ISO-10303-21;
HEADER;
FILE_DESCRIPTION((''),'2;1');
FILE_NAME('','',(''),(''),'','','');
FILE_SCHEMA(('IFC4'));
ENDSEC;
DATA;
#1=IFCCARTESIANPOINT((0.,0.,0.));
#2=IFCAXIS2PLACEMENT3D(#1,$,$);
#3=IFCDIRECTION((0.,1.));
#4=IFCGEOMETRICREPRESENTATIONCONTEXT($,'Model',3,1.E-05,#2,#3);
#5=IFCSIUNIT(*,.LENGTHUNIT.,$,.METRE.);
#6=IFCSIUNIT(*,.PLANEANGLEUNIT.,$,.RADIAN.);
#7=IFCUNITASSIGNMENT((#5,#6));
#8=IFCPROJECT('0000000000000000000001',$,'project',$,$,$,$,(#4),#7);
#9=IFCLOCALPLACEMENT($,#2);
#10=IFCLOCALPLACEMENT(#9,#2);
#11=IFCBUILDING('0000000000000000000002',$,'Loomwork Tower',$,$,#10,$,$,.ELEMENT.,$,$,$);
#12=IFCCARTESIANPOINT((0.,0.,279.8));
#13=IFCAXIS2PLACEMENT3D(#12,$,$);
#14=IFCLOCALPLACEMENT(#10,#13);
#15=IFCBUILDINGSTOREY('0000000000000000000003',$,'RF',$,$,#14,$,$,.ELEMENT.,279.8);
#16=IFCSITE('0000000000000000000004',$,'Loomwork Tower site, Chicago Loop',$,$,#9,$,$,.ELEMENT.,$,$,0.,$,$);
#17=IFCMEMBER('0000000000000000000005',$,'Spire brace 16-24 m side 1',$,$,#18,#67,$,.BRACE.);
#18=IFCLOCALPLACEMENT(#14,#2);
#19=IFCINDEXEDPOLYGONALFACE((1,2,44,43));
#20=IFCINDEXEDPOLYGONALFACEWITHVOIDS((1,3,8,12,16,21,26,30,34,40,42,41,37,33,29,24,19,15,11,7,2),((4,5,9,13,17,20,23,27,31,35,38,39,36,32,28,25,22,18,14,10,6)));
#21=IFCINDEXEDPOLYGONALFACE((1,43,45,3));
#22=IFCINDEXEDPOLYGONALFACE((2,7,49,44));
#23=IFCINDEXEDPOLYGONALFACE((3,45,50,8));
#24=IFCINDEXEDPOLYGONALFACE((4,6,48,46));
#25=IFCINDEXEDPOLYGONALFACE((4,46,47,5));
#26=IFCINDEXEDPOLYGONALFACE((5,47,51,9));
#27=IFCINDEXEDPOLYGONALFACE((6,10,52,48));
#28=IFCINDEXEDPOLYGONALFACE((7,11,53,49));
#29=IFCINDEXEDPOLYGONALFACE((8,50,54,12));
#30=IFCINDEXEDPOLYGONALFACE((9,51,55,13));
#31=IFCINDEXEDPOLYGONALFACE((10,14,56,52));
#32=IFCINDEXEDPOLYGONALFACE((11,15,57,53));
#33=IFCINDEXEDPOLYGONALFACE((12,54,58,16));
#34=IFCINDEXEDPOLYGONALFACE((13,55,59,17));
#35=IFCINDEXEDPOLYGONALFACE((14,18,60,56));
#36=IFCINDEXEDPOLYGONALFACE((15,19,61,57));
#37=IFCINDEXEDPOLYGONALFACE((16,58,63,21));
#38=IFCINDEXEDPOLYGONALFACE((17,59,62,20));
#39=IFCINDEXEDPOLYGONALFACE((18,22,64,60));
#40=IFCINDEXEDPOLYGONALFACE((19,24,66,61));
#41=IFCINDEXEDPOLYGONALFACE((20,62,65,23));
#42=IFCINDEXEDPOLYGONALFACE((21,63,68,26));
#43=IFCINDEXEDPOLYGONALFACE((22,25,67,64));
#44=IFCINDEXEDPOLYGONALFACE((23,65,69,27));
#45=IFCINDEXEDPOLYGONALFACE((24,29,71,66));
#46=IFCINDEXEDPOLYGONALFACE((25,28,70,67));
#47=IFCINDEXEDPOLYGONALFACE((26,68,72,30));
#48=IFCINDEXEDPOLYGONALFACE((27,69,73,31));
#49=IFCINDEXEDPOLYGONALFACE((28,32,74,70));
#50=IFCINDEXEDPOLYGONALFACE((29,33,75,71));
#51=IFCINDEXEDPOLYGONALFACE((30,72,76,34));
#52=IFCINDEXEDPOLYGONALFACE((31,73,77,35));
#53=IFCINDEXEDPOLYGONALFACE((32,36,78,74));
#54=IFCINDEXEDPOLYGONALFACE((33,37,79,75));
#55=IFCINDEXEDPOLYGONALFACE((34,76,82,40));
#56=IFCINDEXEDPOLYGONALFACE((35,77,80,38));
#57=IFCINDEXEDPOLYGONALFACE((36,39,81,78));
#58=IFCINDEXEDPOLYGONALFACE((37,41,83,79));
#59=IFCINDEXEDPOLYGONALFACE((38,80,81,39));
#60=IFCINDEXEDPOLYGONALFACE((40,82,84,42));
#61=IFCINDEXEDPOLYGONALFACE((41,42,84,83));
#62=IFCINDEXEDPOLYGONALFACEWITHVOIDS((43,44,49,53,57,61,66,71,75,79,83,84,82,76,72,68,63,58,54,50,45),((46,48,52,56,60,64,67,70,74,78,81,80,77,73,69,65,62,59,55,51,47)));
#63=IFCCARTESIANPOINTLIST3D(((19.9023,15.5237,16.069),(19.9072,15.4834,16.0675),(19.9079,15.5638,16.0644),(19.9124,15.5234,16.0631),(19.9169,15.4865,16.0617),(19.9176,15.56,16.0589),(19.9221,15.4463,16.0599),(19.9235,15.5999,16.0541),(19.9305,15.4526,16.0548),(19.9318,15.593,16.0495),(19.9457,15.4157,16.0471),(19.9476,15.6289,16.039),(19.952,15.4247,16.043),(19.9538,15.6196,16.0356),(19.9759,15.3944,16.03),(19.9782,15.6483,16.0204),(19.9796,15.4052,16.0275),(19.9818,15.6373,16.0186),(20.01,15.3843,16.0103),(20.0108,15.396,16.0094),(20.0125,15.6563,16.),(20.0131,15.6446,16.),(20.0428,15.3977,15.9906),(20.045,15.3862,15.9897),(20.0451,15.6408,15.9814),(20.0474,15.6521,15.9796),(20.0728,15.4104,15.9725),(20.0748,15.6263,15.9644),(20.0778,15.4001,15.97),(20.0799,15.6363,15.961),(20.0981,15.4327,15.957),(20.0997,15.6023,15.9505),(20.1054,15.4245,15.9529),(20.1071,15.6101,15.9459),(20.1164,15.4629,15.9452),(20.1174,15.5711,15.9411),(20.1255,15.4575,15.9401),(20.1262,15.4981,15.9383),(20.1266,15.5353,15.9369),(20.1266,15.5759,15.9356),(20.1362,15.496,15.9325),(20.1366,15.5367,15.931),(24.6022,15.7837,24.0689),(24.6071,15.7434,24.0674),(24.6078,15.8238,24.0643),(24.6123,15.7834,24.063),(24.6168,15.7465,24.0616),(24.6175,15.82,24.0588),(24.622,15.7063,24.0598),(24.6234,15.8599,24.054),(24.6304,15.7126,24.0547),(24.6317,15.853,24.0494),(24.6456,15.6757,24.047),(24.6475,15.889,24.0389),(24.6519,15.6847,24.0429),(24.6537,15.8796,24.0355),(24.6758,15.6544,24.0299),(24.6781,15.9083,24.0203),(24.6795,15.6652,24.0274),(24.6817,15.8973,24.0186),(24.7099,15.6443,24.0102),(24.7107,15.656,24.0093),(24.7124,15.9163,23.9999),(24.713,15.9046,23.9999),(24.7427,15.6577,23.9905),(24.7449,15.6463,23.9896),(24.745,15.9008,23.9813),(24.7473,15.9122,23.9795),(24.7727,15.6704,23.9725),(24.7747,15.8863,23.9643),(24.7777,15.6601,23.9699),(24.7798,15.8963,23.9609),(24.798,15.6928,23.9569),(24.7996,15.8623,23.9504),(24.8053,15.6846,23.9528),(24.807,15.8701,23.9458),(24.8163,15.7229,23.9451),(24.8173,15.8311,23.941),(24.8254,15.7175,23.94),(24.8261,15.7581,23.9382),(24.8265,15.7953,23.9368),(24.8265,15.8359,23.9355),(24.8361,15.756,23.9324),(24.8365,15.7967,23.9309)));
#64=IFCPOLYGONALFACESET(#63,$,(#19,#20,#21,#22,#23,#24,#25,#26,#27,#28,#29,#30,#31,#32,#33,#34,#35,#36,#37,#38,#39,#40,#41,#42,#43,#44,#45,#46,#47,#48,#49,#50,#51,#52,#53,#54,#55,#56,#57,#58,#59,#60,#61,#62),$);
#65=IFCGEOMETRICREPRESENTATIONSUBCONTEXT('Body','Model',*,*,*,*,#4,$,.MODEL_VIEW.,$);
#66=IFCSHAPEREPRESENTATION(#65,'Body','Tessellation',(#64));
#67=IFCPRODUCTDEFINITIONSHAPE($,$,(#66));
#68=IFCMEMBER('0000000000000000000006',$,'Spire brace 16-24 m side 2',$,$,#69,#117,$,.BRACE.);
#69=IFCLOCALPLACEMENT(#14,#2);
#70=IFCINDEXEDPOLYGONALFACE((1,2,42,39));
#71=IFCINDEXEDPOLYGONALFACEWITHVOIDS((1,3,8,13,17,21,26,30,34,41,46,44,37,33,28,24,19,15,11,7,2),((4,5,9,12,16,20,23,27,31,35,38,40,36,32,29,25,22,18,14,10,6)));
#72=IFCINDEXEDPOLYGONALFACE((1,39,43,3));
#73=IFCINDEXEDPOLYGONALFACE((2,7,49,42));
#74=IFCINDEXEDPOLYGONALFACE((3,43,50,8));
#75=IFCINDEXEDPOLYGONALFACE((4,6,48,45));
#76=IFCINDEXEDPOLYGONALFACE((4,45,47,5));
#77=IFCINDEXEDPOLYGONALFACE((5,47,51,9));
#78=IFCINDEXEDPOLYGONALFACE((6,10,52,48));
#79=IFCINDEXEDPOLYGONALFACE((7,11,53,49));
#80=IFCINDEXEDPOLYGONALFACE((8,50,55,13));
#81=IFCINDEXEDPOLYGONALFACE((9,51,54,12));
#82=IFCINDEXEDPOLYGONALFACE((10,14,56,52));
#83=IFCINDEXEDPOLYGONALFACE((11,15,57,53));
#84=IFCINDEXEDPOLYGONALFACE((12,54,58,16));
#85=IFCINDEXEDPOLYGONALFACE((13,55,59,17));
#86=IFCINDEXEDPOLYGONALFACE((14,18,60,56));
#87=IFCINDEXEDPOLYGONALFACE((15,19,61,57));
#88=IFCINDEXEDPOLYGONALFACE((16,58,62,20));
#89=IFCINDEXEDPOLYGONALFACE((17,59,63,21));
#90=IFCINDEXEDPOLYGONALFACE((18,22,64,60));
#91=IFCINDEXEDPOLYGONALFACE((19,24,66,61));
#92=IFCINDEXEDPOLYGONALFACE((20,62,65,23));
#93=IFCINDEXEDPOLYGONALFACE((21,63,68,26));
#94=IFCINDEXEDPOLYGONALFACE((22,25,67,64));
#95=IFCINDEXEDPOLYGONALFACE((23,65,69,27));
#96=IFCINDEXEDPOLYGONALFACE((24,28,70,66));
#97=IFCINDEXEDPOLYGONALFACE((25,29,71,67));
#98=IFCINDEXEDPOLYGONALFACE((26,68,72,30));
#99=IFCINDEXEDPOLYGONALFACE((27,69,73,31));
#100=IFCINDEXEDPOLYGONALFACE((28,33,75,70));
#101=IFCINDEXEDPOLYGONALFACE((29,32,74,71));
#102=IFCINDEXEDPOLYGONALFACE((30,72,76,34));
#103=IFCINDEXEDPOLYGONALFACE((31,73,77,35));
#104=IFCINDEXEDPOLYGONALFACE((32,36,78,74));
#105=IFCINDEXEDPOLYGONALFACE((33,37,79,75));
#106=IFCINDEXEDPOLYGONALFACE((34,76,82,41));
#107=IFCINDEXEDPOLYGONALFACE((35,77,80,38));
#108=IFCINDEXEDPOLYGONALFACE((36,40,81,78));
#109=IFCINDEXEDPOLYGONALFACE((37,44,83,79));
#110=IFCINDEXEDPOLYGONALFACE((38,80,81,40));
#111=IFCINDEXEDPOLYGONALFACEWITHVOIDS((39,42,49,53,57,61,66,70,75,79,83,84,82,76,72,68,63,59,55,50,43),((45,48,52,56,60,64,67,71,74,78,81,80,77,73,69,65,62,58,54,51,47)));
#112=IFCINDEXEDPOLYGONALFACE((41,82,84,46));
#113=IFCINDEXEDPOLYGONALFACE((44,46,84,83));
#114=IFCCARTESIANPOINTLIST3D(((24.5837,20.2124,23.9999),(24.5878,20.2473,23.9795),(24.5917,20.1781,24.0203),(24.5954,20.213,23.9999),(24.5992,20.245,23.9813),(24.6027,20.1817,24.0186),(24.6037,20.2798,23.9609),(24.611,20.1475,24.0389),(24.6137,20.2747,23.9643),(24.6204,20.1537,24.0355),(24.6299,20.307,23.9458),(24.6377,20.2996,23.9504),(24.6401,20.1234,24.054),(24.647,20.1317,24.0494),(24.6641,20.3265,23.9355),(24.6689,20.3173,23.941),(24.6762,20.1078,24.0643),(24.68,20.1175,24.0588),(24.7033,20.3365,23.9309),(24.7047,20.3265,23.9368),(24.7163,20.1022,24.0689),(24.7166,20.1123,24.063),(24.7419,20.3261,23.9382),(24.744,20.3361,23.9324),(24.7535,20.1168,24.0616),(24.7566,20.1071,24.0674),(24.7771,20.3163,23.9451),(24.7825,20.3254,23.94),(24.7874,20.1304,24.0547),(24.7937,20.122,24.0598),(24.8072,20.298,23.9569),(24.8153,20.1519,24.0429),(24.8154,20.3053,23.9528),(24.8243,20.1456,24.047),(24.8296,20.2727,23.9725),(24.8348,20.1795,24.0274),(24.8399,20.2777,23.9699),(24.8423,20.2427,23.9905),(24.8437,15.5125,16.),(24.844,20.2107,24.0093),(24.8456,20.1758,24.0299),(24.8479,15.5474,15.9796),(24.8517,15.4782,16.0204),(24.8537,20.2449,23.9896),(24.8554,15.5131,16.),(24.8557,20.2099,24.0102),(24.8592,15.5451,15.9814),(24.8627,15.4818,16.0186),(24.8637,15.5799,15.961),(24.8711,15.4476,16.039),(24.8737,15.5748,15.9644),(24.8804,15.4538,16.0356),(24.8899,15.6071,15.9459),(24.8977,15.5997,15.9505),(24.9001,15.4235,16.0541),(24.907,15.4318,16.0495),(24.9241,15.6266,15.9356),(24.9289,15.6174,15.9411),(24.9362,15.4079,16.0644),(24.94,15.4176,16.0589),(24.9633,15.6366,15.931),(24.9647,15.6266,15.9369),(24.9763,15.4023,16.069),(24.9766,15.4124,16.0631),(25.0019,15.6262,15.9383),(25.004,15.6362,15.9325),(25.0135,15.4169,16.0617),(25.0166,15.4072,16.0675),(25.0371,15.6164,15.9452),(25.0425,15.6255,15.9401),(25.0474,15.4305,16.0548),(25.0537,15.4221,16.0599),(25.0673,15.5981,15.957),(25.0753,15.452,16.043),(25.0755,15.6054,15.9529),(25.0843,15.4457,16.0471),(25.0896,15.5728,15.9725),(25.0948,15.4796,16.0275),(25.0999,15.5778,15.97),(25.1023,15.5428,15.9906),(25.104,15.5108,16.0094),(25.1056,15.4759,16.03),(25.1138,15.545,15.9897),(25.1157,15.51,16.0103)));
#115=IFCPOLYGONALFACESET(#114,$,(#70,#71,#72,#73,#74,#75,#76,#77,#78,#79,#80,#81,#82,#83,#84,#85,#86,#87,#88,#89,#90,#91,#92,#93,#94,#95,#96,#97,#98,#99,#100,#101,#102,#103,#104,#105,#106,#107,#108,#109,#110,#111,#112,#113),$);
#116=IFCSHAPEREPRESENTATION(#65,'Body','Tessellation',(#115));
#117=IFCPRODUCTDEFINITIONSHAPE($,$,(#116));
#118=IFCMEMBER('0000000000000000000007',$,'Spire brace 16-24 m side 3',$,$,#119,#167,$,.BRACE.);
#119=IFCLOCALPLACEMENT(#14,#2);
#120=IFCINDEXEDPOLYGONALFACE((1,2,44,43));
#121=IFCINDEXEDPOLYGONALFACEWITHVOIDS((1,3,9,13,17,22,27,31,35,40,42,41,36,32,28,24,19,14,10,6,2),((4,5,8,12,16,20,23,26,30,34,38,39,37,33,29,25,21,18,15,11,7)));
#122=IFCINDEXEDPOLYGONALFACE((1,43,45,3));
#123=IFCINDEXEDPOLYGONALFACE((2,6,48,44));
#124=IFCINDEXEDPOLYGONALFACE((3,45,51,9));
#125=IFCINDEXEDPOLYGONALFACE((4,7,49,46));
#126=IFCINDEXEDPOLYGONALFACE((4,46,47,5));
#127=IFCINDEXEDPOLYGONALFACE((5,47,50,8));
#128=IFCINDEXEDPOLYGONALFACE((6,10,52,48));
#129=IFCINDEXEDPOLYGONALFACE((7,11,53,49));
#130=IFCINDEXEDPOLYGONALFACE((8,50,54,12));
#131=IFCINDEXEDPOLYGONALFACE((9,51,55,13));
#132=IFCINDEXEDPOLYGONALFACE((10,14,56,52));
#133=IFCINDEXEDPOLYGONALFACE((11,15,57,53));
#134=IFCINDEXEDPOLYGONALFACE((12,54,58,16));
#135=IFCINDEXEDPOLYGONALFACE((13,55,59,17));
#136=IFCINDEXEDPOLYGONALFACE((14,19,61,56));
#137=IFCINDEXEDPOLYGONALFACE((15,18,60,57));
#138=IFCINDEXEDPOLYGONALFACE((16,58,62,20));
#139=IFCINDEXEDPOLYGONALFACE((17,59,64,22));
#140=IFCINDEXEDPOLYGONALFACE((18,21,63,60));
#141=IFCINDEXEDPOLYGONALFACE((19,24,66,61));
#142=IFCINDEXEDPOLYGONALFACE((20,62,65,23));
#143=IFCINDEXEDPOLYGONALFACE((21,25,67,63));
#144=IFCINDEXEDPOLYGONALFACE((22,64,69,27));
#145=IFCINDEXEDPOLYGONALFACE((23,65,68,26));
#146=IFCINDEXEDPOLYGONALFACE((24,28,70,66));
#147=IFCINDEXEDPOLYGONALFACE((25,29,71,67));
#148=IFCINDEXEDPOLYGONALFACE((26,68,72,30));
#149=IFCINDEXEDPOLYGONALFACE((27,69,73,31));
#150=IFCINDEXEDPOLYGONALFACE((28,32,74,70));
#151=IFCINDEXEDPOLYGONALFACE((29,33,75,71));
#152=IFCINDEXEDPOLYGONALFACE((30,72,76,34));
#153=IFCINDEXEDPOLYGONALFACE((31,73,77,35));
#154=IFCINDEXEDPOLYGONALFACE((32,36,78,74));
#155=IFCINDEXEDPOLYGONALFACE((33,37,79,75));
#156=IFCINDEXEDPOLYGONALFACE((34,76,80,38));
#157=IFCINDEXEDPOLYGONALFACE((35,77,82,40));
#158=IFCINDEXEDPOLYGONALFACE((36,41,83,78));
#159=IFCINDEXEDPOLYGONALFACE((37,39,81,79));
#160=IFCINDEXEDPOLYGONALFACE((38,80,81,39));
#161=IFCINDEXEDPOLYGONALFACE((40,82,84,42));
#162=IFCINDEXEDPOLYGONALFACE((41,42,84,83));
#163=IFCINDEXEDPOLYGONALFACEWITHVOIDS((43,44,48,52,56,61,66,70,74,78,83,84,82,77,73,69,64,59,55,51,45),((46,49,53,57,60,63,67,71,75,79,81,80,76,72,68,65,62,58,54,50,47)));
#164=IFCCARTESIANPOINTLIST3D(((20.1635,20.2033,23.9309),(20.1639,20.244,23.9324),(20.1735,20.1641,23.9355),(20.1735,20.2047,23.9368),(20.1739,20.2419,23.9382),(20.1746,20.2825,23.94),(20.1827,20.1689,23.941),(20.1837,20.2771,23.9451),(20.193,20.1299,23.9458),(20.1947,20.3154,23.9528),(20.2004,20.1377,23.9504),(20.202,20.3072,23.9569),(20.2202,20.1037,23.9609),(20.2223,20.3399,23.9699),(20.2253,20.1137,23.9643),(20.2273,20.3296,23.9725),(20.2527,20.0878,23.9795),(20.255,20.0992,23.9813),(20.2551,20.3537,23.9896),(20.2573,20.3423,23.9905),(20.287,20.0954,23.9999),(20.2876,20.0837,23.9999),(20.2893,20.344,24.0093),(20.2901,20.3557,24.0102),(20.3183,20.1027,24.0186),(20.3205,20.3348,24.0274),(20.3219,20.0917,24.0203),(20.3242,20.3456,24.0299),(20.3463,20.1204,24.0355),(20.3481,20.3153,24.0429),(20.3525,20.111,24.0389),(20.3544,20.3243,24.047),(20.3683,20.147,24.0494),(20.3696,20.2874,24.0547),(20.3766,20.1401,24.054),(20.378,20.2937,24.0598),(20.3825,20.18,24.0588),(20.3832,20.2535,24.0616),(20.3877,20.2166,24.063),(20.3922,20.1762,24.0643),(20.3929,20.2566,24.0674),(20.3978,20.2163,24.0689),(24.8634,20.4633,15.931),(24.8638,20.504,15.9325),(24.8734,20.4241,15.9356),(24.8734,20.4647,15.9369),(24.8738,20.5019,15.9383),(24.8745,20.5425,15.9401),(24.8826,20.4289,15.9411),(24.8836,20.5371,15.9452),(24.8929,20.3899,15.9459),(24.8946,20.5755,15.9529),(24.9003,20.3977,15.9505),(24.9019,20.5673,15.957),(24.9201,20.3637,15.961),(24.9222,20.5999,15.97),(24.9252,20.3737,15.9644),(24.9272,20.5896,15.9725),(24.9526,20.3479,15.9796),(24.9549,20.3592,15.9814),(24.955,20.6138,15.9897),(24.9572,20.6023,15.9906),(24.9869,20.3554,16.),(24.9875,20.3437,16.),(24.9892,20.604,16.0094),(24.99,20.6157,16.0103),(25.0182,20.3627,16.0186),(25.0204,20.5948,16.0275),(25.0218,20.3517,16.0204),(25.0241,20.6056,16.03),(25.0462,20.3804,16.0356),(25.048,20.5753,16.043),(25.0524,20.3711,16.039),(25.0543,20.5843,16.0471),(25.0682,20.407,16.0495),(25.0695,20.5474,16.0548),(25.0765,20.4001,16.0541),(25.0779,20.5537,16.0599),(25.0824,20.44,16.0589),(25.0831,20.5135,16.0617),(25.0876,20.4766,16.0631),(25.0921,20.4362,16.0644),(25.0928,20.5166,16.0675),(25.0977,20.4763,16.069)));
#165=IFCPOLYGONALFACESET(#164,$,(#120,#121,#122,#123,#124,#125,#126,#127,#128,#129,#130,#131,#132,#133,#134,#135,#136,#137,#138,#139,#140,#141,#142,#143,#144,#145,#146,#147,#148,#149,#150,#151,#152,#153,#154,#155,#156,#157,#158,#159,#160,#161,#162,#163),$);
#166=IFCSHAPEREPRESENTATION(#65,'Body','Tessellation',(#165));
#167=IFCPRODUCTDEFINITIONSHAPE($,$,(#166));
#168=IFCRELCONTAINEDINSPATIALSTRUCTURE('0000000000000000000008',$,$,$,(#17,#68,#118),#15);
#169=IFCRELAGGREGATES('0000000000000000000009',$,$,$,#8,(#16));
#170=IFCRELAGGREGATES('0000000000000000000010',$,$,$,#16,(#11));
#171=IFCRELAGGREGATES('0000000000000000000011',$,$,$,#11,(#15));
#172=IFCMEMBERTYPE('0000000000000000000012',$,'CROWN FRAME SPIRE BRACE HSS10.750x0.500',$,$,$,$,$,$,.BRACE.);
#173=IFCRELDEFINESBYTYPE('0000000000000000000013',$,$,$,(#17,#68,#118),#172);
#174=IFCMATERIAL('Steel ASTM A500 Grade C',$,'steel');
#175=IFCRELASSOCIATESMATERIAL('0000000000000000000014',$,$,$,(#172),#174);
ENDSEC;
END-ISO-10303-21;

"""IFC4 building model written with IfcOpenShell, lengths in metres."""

from ifc_helpers import new_model, si_unit, direction, frame, origin, origin_2d, place, context, subcontext, project, spatial, hollow_circle, extrude, material, material_profile, profile_set, type_object, element, save


model = new_model("IFC4")

# Units and contexts
model_context = context("Model", 3, precision=1e-05, world=origin(), true_north=direction((0.0, 1.0)))
body_context = subcontext(model_context, "Body", "Model", "MODEL_VIEW")
ifc_project = project(units=[si_unit("LENGTHUNIT", "METRE"), si_unit("PLANEANGLEUNIT", "RADIAN")], contexts=[model_context])

# Site, building, storey
site_placement = place(None, origin())
site = spatial("IfcSite", under=ifc_project, at=site_placement, Name="Loomwork Tower site, Chicago Loop", CompositionType="ELEMENT", RefElevation=0.0)
building_placement = place(site_placement, origin())
building = spatial("IfcBuilding", under=site, at=building_placement, Name="Loomwork Tower", CompositionType="ELEMENT")
storey_placement = place(building_placement, frame((0.0, 0.0, 279.8)))
storey = spatial("IfcBuildingStorey", under=building, at=storey_placement, Name="RF", CompositionType="ELEMENT", Elevation=279.8)

# Members
ifc_material_1 = material(Name="Steel ASTM A500 Grade C", Category="steel")
ifc_material_profile_1 = material_profile(ifc_material_1, hollow_circle(Radius=0.1365, WallThickness=0.0117, at=origin_2d()), Name="HSS10.750x0.500")
ifc_profile_set_1 = profile_set([ifc_material_profile_1], Name="Steel ASTM A500 Grade C")
member_type_1 = type_object("IfcMemberType", Name="CROWN FRAME SPIRE BRACE HSS10.750x0.500", PredefinedType="BRACE", material=ifc_profile_set_1)
for number, where, z_axis, x_axis, name in (
    (1, (20.02, 15.52, 16.0), (0.506346, 0.028012, 0.861875), (-0.055237, 0.998473, 0.0), "Spire brace 16-24 m side 1"),
    (2, (24.98, 15.52, 16.0), (-0.028012, 0.506346, 0.861875), (-0.998473, -0.055237, 0.0), "Spire brace 16-24 m side 2"),
    (3, (24.98, 20.48, 16.0), (-0.506346, -0.028012, 0.861875), (0.055237, -0.998473, 0.0), "Spire brace 16-24 m side 3"),
):
    element("IfcMember", number, at=place(storey_placement, frame(where, z_axis=z_axis, x_axis=x_axis)), inside=storey, type_object=member_type_1, Name=name, PredefinedType="BRACE", context=body_context, shape_type="SweptSolid", body=[
        extrude(hollow_circle(Radius=0.1365, WallThickness=0.0117, at=origin_2d()), origin(), (0.0, 0.0, 1.0), 9.282),
    ])

save(model, "model.ifc")
